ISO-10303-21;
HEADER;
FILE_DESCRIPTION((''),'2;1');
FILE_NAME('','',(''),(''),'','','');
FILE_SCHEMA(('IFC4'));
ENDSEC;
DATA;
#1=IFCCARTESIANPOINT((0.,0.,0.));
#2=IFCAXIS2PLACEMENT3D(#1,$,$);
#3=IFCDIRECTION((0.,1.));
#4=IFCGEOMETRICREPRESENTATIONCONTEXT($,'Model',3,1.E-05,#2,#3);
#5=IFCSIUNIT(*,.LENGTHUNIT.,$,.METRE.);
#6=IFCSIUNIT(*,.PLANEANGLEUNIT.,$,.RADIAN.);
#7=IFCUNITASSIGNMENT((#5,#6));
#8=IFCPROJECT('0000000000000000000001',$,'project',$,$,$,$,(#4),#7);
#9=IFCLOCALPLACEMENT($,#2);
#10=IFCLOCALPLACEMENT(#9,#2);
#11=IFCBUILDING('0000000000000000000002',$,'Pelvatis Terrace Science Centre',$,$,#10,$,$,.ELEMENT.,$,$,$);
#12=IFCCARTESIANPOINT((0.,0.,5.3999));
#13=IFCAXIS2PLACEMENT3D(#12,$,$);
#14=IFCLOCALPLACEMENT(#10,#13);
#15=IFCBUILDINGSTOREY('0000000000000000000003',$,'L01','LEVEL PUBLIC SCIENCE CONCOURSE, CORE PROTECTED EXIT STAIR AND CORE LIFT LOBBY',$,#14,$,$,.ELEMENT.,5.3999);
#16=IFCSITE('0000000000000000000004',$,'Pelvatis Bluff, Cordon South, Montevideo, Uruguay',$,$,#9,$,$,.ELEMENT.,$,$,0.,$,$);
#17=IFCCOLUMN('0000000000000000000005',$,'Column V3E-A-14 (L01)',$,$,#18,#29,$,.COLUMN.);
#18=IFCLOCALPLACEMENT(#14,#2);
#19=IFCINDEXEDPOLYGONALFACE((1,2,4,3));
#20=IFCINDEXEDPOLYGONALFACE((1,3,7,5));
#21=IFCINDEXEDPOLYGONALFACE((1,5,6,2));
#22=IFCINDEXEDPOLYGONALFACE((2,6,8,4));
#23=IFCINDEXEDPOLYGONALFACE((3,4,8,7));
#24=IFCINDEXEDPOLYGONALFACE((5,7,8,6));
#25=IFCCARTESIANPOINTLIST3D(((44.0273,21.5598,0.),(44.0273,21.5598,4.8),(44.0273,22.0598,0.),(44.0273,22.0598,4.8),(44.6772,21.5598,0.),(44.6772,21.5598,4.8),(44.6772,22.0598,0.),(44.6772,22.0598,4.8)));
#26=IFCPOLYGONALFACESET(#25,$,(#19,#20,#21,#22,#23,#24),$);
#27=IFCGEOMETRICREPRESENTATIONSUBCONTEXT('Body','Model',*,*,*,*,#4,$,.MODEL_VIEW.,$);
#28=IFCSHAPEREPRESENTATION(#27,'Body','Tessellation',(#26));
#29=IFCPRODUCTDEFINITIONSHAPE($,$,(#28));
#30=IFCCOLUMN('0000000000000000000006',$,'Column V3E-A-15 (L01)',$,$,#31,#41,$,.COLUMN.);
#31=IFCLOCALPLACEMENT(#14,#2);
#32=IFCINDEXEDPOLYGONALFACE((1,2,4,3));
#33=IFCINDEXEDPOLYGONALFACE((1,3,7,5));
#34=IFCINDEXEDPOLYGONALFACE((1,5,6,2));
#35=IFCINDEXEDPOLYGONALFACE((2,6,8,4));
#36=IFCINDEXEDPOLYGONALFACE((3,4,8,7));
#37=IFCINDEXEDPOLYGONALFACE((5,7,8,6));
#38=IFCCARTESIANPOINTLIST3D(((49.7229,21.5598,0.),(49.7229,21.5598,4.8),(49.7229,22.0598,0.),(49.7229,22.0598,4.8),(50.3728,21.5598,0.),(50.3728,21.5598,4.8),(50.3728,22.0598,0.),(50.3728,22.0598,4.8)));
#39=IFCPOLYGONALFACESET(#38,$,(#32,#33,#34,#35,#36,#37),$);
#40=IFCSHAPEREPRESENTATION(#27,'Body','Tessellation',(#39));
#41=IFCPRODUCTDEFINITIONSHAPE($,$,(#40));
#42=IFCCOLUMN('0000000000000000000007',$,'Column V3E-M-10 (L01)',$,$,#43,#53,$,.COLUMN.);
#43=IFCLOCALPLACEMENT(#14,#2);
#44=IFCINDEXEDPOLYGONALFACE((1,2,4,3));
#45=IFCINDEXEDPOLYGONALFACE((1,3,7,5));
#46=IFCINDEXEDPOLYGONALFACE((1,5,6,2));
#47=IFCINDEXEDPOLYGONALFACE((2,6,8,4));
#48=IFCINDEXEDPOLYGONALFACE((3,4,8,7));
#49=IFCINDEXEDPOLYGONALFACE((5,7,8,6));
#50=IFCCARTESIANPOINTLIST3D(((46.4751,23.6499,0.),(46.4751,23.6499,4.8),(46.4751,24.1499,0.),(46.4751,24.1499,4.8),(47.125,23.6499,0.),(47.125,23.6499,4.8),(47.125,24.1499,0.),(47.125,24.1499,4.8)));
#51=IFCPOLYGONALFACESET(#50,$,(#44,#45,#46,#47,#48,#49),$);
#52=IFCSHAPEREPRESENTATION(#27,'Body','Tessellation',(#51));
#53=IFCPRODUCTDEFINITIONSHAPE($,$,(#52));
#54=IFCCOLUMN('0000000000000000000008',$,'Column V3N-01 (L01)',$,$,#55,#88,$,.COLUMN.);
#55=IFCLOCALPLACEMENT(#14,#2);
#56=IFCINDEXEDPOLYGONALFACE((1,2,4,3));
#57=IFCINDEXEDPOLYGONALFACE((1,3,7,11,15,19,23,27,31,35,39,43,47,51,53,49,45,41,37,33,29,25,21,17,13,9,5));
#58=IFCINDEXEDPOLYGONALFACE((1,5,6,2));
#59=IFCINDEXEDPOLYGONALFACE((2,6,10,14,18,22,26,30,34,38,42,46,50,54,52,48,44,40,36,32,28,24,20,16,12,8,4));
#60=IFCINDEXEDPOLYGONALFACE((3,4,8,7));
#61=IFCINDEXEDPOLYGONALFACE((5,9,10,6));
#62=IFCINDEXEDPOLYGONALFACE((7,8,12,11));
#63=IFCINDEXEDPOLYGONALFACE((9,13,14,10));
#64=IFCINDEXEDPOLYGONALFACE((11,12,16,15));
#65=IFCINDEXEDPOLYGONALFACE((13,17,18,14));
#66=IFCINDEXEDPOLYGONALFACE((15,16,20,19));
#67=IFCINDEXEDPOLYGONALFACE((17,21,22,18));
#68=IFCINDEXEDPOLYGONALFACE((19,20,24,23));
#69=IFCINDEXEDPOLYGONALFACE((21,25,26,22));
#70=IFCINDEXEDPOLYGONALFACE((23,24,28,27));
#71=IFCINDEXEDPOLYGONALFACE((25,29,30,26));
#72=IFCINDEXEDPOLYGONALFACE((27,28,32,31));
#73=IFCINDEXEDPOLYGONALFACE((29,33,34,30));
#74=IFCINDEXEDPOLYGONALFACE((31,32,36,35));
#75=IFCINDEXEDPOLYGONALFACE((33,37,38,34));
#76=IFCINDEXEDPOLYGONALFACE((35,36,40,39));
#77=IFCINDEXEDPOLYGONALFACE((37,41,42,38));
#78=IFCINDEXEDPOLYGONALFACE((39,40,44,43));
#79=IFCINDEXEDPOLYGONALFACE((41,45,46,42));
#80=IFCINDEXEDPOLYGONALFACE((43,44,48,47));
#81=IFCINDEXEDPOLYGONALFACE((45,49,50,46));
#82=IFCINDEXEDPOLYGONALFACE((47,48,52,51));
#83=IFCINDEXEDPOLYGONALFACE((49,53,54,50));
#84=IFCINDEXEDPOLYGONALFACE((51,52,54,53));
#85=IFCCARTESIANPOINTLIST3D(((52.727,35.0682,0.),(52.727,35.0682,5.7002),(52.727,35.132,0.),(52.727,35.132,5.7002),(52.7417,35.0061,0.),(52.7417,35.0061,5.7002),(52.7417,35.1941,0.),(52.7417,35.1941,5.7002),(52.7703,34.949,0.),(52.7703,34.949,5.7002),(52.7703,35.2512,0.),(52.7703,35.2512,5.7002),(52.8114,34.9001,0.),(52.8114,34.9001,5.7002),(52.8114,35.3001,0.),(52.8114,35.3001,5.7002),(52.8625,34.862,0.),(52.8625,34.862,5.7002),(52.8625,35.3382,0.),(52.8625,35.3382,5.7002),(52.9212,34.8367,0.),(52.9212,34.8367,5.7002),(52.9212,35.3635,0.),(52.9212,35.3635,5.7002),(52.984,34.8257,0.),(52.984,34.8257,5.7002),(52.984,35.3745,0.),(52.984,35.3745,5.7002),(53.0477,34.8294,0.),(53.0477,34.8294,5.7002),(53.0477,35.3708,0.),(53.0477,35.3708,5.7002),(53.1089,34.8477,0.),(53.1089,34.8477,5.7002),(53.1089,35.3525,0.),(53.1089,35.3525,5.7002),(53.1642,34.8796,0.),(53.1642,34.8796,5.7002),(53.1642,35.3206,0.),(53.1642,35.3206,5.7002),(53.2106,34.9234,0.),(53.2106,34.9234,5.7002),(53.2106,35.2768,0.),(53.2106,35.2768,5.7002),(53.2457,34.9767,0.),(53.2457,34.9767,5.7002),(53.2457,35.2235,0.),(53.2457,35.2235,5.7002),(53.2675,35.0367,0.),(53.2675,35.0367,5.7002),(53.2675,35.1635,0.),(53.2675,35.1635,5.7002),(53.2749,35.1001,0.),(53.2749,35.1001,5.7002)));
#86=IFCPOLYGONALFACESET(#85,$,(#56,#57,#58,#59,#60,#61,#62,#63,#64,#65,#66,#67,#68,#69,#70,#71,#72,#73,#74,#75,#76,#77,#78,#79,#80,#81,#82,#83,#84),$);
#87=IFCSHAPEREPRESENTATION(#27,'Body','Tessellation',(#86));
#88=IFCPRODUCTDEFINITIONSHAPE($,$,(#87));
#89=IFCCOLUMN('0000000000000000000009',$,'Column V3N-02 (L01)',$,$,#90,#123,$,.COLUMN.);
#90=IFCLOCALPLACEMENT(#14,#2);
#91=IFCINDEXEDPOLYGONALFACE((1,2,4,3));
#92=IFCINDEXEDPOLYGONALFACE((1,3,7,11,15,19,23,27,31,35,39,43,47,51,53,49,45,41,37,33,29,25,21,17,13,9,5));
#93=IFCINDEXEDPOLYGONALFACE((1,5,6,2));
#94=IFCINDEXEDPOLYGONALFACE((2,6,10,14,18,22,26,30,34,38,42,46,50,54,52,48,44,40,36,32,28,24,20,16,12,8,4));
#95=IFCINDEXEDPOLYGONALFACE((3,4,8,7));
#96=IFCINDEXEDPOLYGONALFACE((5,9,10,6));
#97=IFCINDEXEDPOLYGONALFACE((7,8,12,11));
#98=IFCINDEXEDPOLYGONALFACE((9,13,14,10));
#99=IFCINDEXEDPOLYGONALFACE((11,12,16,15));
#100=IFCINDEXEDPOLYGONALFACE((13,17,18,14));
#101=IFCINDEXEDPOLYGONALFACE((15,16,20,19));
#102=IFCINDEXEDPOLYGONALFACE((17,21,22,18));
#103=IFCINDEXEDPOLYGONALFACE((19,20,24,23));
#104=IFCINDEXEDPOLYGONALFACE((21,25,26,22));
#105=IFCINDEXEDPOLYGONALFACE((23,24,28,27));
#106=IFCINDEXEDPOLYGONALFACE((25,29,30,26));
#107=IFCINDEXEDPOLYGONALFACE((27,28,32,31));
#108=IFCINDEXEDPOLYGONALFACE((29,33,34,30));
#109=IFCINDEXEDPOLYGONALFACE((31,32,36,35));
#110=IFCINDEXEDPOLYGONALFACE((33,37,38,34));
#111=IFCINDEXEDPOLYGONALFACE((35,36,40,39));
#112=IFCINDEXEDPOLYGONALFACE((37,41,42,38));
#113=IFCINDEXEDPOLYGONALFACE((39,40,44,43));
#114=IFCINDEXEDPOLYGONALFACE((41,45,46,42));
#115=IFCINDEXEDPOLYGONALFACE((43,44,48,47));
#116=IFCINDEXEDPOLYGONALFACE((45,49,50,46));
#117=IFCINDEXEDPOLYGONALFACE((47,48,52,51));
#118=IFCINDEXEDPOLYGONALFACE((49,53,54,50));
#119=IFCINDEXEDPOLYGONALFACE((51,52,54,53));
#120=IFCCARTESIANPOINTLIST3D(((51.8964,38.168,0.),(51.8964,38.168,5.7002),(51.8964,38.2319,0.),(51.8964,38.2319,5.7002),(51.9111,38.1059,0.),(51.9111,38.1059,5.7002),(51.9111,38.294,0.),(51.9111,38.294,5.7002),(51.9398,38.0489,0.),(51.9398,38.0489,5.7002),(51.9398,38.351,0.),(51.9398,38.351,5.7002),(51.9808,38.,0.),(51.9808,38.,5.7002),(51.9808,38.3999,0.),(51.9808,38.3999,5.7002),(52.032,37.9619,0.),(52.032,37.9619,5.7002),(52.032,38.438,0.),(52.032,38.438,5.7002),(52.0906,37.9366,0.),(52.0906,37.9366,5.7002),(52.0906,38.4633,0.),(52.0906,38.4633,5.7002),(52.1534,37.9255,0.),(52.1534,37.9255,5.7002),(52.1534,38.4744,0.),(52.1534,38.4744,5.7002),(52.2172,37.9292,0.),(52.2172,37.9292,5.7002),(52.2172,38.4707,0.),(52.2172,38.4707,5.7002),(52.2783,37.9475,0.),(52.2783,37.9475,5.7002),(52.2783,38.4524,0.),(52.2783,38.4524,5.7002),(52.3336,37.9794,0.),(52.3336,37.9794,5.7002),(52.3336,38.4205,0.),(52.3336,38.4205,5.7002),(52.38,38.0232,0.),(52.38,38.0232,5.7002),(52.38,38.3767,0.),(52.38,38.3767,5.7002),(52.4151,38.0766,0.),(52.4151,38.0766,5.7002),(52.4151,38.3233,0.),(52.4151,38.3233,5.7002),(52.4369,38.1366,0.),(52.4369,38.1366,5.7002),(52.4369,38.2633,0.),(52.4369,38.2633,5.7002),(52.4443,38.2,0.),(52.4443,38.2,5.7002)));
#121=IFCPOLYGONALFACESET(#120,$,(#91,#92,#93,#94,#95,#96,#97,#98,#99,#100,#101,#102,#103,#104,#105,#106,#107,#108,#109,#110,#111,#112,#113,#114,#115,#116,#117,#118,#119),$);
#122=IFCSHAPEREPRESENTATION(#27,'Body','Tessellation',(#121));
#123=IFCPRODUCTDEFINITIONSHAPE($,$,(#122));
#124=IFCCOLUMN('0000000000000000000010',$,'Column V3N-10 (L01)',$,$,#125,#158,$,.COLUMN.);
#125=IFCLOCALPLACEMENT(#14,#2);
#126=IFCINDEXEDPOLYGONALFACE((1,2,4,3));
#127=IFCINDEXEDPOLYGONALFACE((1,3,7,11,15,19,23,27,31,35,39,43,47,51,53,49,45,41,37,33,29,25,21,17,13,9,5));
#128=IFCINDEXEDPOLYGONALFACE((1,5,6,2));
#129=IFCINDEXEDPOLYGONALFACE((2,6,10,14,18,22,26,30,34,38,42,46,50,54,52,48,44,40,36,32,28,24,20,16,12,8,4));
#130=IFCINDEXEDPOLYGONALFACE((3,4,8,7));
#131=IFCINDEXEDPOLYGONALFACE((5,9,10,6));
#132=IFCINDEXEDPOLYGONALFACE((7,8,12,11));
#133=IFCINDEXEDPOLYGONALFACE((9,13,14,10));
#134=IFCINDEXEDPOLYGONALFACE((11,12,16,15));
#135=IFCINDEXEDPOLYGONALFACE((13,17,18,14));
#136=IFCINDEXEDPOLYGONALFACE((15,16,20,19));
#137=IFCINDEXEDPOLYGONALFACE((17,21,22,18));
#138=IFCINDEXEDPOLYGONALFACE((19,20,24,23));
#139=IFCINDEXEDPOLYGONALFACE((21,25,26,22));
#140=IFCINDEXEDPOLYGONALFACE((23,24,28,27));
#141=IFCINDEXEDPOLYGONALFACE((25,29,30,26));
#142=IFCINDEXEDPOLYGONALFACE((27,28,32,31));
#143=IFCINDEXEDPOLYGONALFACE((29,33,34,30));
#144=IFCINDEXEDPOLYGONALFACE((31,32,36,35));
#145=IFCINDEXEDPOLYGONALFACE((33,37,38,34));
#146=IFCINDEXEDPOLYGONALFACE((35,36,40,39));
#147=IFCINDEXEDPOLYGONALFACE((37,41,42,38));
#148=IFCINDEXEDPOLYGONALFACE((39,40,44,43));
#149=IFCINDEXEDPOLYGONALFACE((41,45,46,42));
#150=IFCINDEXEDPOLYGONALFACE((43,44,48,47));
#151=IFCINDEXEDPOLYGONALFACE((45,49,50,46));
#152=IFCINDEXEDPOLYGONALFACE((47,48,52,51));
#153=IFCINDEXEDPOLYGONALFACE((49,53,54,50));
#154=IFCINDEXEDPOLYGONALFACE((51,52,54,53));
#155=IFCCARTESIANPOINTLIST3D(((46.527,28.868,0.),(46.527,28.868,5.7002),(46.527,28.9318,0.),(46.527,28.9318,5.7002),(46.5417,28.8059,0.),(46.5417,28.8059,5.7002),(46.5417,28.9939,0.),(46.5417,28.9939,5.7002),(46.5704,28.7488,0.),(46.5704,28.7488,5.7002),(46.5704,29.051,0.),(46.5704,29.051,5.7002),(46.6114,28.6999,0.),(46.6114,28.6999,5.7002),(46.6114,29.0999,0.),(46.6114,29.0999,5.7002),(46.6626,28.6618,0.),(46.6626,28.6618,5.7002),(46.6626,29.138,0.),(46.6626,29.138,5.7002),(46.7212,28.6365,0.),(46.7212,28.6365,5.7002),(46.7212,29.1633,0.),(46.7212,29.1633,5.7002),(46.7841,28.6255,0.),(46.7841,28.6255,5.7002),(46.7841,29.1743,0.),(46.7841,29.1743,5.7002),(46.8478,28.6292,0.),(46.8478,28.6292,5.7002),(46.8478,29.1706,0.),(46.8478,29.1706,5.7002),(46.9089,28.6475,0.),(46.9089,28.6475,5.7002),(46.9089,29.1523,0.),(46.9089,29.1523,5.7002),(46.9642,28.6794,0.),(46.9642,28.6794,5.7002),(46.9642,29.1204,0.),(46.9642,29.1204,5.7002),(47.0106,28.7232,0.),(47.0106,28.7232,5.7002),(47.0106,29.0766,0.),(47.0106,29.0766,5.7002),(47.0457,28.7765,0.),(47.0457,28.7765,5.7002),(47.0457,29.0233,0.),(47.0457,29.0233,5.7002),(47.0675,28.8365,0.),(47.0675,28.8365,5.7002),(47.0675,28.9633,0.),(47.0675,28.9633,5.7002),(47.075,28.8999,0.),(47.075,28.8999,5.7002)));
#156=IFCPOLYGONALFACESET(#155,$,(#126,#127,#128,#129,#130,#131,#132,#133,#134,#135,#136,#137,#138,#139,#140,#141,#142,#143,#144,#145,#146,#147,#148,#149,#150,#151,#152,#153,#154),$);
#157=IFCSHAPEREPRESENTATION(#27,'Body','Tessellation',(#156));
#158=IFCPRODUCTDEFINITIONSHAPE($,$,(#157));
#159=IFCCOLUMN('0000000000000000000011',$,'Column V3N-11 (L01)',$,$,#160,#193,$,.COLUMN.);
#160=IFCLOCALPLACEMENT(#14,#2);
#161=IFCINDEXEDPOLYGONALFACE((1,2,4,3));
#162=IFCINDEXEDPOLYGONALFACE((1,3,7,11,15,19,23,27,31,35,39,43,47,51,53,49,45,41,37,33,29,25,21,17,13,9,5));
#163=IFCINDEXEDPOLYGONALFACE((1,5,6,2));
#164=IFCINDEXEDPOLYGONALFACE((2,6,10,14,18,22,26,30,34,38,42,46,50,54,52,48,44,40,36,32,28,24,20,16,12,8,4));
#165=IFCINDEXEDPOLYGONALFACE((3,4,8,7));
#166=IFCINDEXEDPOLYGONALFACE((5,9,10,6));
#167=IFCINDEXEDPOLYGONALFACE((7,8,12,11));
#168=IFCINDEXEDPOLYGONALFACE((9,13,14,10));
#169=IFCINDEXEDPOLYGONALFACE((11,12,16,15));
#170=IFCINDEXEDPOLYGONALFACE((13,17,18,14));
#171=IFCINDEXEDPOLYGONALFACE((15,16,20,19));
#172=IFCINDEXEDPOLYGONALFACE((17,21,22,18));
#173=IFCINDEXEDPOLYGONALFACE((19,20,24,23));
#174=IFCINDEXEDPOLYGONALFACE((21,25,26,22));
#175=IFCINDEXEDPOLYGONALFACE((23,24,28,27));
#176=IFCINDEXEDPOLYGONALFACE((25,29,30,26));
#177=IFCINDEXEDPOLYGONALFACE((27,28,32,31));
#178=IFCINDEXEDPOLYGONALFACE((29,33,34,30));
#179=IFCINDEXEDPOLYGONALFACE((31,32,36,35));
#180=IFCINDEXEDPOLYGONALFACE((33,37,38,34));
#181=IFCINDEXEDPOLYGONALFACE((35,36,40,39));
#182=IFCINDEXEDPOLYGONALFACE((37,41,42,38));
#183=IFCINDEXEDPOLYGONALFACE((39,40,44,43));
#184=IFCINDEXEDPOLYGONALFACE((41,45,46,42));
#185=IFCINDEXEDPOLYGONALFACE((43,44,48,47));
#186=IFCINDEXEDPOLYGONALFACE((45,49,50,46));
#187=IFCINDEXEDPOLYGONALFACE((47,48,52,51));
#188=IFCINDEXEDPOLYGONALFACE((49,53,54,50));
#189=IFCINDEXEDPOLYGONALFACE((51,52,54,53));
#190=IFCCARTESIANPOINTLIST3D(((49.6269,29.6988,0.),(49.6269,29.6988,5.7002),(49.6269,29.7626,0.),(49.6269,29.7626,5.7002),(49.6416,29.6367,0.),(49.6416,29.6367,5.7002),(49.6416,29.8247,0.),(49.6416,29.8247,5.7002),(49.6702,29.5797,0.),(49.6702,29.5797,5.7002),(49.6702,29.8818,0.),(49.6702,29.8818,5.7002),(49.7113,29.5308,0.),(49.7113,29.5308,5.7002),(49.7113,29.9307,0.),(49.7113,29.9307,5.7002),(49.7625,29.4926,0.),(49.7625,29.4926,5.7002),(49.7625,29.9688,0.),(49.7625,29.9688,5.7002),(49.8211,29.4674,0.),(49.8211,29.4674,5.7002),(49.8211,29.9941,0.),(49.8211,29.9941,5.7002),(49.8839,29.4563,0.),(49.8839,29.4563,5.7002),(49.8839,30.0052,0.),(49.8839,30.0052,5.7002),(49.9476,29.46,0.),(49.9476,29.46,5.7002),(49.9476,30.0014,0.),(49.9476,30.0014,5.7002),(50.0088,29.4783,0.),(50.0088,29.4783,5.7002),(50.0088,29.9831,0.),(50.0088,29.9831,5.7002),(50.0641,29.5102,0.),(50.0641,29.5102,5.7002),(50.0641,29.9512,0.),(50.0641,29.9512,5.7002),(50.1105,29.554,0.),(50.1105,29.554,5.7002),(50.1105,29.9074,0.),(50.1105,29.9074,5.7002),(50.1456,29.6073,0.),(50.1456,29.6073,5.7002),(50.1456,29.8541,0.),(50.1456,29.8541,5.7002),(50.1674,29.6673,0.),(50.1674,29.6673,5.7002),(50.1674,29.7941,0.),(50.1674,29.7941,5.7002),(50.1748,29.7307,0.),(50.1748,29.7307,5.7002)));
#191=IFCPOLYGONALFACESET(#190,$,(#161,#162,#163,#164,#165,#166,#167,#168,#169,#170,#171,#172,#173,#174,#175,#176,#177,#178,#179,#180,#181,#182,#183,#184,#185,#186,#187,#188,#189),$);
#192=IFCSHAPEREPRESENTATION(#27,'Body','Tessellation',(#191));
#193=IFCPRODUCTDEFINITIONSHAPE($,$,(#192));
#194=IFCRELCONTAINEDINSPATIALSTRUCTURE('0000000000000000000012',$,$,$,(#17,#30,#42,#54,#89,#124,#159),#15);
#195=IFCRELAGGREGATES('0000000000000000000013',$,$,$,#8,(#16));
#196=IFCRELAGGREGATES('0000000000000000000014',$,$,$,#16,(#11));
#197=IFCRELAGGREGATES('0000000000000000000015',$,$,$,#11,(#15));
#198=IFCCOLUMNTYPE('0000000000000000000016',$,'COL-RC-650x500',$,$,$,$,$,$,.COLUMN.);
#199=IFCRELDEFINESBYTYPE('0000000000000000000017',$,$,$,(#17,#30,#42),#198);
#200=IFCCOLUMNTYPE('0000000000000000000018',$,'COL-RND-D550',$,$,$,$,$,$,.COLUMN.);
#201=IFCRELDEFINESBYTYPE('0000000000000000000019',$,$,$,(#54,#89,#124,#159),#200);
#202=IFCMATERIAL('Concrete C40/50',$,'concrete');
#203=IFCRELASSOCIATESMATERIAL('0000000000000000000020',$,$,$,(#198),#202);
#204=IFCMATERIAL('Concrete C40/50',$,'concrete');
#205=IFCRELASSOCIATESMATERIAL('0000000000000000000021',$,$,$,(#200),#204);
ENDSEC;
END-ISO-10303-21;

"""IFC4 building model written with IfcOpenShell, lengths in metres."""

from ifc_helpers import new_model, si_unit, direction, frame, origin, origin_2d, place, context, subcontext, project, spatial, rectangle, circle, extrude, material, material_profile, profile_set, type_object, element, save


model = new_model("IFC4")

# Units and contexts
model_context = context("Model", 3, precision=1e-05, world=origin(), true_north=direction((0.0, 1.0)))
body_context = subcontext(model_context, "Body", "Model", "MODEL_VIEW")
ifc_project = project(units=[si_unit("LENGTHUNIT", "METRE"), si_unit("PLANEANGLEUNIT", "RADIAN")], contexts=[model_context])

# Site, building, storey
site_placement = place(None, origin())
site = spatial("IfcSite", under=ifc_project, at=site_placement, Name="Pelvatis Bluff, Cordon South, Montevideo, Uruguay", CompositionType="ELEMENT", RefElevation=0.0)
building_placement = place(site_placement, origin())
building = spatial("IfcBuilding", under=site, at=building_placement, Name="Pelvatis Terrace Science Centre", CompositionType="ELEMENT")
storey_placement = place(building_placement, frame((0.0, 0.0, 5.3999)))
storey = spatial("IfcBuildingStorey", under=building, at=storey_placement, Name="L01", Description="LEVEL PUBLIC SCIENCE CONCOURSE, CORE PROTECTED EXIT STAIR AND CORE LIFT LOBBY", CompositionType="ELEMENT", Elevation=5.3999)

# Columns
ifc_material_1 = material(Name="Concrete C40/50", Category="concrete")
ifc_material_profile_1 = material_profile(ifc_material_1, rectangle(XDim=0.6499, YDim=0.5, at=origin_2d()), Name="RC-COL 650x500")
ifc_profile_set_1 = profile_set([ifc_material_profile_1], Name="Concrete C40/50")
column_type_1 = type_object("IfcColumnType", Name="COL-RC-650x500", PredefinedType="COLUMN", material=ifc_profile_set_1)
for number, where, z_axis, x_axis, name in (
    (1, (44.3523, 21.8098, 0.0), (0.0, 0.0, 1.0), (1.0, 0.0, 0.0), "Column V3E-A-14 (L01)"),
    (2, (50.0479, 21.8098, 0.0), (0.0, 0.0, 1.0), (1.0, 0.0, 0.0), "Column V3E-A-15 (L01)"),
    (3, (46.8, 23.8999, 0.0), (0.0, 0.0, 1.0), (1.0, 0.0, 0.0), "Column V3E-M-10 (L01)"),
):
    element("IfcColumn", number, at=place(storey_placement, frame(where, z_axis=z_axis, x_axis=x_axis)), inside=storey, type_object=column_type_1, Name=name, PredefinedType="COLUMN", context=body_context, shape_type="SweptSolid", body=[
        extrude(rectangle(XDim=0.6499, YDim=0.5, at=origin_2d()), origin(), (0.0, 0.0, 1.0), 4.8),
    ])
ifc_material_2 = material(Name="Concrete C40/50", Category="concrete")
ifc_material_profile_2 = material_profile(ifc_material_2, circle(Radius=0.2749, at=origin_2d()), Name="RC-RCOL D550")
ifc_profile_set_2 = profile_set([ifc_material_profile_2], Name="Concrete C40/50")
column_type_2 = type_object("IfcColumnType", Name="COL-RND-D550", PredefinedType="COLUMN", material=ifc_profile_set_2)
for number, where, z_axis, x_axis, name in (
    (4, (53.0, 35.1001, 0.0), (0.0, 0.0, 1.0), (1.0, 0.0, 0.0), "Column V3N-01 (L01)"),
    (5, (52.1694, 38.2, 0.0), (0.0, 0.0, 1.0), (1.0, 0.0, 0.0), "Column V3N-02 (L01)"),
    (6, (46.8, 28.8999, 0.0), (0.0, 0.0, 1.0), (1.0, 0.0, 0.0), "Column V3N-10 (L01)"),
    (7, (49.8999, 29.7307, 0.0), (0.0, 0.0, 1.0), (1.0, 0.0, 0.0), "Column V3N-11 (L01)"),
):
    element("IfcColumn", number, at=place(storey_placement, frame(where, z_axis=z_axis, x_axis=x_axis)), inside=storey, type_object=column_type_2, Name=name, PredefinedType="COLUMN", context=body_context, shape_type="SweptSolid", body=[
        extrude(circle(Radius=0.2749, at=origin_2d()), origin(), (0.0, 0.0, 1.0), 5.7002),
    ])

save(model, "model.ifc")
